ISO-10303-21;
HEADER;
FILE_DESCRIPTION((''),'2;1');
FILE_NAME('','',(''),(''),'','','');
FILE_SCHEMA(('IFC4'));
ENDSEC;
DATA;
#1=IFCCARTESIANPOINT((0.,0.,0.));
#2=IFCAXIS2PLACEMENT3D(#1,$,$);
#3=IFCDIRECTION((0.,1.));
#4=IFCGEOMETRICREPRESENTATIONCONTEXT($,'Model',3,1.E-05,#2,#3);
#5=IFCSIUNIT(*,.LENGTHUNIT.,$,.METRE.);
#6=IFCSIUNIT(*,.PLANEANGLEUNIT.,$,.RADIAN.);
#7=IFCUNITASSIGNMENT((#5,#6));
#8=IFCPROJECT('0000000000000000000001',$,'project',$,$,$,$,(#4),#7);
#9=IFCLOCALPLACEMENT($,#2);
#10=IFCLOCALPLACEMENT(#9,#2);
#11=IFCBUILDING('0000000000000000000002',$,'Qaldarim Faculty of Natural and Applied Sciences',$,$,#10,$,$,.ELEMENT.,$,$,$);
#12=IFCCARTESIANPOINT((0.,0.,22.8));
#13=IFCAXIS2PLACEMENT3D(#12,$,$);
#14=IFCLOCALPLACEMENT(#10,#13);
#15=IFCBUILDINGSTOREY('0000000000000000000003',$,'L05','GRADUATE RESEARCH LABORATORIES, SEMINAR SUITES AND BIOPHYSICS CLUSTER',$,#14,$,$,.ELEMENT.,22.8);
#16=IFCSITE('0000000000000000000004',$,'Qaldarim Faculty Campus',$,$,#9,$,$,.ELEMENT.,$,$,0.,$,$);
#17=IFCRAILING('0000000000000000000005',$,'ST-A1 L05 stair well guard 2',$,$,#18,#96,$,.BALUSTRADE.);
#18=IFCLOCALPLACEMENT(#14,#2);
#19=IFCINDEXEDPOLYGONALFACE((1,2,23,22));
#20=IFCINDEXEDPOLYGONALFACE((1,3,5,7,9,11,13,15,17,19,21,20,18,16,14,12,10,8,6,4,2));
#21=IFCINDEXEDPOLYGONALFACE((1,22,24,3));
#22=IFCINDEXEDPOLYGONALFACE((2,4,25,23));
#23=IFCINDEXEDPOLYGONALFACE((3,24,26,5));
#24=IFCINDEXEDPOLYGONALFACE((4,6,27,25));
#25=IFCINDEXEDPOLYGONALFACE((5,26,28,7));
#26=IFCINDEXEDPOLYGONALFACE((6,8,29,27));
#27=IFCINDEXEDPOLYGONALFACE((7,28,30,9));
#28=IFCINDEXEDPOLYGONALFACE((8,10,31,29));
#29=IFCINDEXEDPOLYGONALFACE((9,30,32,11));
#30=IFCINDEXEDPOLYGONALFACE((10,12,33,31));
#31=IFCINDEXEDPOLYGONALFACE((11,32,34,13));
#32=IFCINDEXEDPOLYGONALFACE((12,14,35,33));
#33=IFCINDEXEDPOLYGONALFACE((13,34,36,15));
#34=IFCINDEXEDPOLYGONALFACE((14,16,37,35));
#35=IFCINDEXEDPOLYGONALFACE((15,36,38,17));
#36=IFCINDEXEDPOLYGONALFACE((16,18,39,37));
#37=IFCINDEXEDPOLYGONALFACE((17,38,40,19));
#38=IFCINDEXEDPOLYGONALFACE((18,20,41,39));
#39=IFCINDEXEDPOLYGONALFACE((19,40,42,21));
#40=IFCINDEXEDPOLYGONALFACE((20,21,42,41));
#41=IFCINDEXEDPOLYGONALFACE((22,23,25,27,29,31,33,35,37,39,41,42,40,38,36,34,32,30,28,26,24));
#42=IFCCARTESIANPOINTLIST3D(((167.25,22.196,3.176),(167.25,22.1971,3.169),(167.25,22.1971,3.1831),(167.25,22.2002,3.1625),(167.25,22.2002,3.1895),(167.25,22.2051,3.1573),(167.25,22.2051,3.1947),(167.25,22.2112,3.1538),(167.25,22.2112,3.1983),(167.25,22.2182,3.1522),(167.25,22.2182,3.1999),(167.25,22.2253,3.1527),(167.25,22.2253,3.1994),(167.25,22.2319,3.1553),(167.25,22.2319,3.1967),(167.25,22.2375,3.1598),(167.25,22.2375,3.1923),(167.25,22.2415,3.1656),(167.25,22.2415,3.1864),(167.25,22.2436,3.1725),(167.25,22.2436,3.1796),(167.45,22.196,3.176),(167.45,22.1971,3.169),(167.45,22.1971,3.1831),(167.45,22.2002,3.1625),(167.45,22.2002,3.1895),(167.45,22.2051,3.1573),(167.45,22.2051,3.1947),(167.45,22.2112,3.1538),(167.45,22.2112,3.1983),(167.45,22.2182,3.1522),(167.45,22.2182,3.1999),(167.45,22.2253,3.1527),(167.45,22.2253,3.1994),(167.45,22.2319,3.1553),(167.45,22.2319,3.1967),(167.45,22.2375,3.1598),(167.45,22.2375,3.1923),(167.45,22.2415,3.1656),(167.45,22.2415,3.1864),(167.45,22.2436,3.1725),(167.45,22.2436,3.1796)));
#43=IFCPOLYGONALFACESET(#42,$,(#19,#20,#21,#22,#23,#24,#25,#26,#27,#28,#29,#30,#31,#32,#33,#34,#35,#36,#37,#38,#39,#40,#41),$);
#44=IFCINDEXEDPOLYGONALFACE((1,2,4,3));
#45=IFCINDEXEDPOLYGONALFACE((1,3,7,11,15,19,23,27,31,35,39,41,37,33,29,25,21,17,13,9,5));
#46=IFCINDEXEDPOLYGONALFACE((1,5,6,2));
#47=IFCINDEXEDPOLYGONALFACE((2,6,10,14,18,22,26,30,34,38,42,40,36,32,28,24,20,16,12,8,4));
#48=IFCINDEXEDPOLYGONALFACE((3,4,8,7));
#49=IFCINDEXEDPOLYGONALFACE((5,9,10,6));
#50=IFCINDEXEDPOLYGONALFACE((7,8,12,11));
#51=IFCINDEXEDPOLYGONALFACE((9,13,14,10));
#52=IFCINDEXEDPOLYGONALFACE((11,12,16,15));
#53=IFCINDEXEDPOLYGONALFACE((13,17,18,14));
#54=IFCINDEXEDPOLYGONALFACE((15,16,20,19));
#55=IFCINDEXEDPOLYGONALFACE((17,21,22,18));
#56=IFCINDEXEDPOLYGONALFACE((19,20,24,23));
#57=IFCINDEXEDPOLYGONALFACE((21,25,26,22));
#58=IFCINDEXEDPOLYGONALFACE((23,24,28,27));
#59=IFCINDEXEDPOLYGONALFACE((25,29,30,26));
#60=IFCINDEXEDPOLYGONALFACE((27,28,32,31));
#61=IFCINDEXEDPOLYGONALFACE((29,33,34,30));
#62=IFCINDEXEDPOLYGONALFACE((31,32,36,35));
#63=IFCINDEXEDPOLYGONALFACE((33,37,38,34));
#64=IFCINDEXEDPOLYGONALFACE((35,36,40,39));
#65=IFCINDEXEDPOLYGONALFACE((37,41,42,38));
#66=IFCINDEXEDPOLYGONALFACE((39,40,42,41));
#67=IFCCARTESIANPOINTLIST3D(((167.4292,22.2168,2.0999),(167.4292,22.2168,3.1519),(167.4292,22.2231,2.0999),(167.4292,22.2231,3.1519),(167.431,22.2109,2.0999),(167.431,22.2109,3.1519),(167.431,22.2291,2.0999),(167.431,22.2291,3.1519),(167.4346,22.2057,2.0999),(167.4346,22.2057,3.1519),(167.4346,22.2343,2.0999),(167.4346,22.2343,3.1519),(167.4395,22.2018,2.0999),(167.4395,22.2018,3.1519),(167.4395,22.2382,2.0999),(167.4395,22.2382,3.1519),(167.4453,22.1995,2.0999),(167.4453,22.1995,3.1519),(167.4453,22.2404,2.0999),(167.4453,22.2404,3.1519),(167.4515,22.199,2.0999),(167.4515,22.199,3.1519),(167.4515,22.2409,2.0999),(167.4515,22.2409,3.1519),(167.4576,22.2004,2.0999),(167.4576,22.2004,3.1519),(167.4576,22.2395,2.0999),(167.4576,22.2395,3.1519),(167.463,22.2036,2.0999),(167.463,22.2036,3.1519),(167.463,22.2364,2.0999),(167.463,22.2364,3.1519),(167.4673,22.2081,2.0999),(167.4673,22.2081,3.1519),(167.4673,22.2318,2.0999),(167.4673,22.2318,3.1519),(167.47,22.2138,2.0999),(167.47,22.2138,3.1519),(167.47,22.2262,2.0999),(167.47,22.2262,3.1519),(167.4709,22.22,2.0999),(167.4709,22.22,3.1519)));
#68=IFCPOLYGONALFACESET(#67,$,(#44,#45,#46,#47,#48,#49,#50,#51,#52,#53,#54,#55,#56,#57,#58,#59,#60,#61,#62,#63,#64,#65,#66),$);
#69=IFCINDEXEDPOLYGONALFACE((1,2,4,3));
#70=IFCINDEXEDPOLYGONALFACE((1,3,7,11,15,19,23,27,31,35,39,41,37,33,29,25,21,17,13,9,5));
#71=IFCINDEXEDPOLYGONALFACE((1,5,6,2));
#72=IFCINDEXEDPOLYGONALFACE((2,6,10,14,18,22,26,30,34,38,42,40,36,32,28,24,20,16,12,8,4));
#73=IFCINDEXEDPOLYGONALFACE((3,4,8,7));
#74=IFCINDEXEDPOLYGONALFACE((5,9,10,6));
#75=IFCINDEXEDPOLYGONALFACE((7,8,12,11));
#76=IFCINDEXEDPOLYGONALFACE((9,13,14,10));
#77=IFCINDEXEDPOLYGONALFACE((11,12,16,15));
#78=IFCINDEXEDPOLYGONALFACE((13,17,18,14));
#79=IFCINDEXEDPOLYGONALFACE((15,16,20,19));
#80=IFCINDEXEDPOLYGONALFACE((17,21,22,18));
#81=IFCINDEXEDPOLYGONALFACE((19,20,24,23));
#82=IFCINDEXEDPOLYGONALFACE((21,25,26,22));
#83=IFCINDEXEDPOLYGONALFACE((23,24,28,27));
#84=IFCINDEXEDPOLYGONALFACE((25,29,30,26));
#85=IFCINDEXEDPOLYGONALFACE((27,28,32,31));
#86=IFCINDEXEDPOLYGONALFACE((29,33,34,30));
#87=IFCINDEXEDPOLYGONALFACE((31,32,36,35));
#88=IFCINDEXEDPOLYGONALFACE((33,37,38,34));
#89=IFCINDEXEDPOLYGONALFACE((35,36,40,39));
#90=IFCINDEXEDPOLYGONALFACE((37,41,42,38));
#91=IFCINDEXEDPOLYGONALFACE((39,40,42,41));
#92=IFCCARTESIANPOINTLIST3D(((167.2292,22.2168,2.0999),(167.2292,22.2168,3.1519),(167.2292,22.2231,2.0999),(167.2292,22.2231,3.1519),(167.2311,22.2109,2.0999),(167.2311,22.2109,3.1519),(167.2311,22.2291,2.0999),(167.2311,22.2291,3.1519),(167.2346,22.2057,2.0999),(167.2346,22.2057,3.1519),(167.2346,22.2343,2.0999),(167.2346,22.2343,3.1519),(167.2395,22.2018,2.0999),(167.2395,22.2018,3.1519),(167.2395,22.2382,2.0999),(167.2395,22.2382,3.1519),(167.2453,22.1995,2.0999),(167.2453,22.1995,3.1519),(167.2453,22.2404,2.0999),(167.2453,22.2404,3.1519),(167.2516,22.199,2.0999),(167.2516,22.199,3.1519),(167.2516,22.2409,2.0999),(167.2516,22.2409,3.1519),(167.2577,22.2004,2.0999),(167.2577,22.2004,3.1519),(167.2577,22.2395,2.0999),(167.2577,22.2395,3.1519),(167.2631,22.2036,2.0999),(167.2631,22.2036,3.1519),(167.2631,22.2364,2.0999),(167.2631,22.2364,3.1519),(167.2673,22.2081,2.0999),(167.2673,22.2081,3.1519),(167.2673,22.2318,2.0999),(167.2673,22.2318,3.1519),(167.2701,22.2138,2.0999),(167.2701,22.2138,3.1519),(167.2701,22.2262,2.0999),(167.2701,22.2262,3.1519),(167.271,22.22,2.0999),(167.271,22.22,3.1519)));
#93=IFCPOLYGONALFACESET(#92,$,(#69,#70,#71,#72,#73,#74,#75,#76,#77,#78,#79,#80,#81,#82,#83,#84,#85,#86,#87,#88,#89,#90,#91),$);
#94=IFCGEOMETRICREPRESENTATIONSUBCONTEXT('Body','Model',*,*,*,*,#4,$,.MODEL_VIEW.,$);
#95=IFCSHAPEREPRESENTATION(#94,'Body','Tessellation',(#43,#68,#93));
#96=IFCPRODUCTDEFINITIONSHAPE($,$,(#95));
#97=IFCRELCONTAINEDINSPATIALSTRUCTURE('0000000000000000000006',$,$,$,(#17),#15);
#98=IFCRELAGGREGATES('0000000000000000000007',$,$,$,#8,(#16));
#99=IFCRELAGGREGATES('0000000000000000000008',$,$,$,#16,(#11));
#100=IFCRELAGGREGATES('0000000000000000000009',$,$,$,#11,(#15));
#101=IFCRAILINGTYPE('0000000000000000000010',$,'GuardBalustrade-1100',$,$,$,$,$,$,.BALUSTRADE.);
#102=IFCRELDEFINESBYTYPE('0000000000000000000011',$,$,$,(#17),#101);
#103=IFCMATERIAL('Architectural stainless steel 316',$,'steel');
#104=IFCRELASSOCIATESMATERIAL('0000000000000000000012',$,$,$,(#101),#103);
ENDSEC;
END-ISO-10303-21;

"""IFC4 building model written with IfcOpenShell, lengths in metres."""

from ifc_helpers import new_model, si_unit, direction, frame, origin, origin_2d, place, context, subcontext, project, spatial, circle, extrude, material, type_object, element, save


model = new_model("IFC4")

# Units and contexts
model_context = context("Model", 3, precision=1e-05, world=origin(), true_north=direction((0.0, 1.0)))
body_context = subcontext(model_context, "Body", "Model", "MODEL_VIEW")
ifc_project = project(units=[si_unit("LENGTHUNIT", "METRE"), si_unit("PLANEANGLEUNIT", "RADIAN")], contexts=[model_context])

# Site, building, storey
site_placement = place(None, origin())
site = spatial("IfcSite", under=ifc_project, at=site_placement, Name="Qaldarim Faculty Campus", CompositionType="ELEMENT", RefElevation=0.0)
building_placement = place(site_placement, origin())
building = spatial("IfcBuilding", under=site, at=building_placement, Name="Qaldarim Faculty of Natural and Applied Sciences", CompositionType="ELEMENT")
storey_placement = place(building_placement, frame((0.0, 0.0, 22.8)))
storey = spatial("IfcBuildingStorey", under=building, at=storey_placement, Name="L05", Description="GRADUATE RESEARCH LABORATORIES, SEMINAR SUITES AND BIOPHYSICS CLUSTER", CompositionType="ELEMENT", Elevation=22.8)

# Shared definitions
ifc_material_1 = material(Name="Architectural stainless steel 316", Category="steel")

# Railing
railing_type_1 = type_object("IfcRailingType", Name="GuardBalustrade-1100", PredefinedType="BALUSTRADE", material=ifc_material_1)
railing_1_placement = place(storey_placement, frame((167.45, 22.22, 2.0999)))
element("IfcRailing", 1, at=railing_1_placement, inside=storey, type_object=railing_type_1, Name="ST-A1 L05 stair well guard 2", PredefinedType="BALUSTRADE", context=body_context, shape_type="SweptSolid", body=[
    extrude(circle(Radius=0.0239, at=origin_2d()), frame((0.0, 0.0, 1.0762), z_axis=(-1.0, 0.0, 0.0), x_axis=(0.0, -1.0, 0.0)), (0.0, 0.0, 1.0), 0.2),
    extrude(circle(Radius=0.021, at=origin_2d()), origin(), (0.0, 0.0, 1.0), 1.052),
    extrude(circle(Radius=0.021, at=origin_2d()), frame((-0.2, 0.0, 0.0)), (0.0, 0.0, 1.0), 1.052),
])

save(model, "model.ifc")
